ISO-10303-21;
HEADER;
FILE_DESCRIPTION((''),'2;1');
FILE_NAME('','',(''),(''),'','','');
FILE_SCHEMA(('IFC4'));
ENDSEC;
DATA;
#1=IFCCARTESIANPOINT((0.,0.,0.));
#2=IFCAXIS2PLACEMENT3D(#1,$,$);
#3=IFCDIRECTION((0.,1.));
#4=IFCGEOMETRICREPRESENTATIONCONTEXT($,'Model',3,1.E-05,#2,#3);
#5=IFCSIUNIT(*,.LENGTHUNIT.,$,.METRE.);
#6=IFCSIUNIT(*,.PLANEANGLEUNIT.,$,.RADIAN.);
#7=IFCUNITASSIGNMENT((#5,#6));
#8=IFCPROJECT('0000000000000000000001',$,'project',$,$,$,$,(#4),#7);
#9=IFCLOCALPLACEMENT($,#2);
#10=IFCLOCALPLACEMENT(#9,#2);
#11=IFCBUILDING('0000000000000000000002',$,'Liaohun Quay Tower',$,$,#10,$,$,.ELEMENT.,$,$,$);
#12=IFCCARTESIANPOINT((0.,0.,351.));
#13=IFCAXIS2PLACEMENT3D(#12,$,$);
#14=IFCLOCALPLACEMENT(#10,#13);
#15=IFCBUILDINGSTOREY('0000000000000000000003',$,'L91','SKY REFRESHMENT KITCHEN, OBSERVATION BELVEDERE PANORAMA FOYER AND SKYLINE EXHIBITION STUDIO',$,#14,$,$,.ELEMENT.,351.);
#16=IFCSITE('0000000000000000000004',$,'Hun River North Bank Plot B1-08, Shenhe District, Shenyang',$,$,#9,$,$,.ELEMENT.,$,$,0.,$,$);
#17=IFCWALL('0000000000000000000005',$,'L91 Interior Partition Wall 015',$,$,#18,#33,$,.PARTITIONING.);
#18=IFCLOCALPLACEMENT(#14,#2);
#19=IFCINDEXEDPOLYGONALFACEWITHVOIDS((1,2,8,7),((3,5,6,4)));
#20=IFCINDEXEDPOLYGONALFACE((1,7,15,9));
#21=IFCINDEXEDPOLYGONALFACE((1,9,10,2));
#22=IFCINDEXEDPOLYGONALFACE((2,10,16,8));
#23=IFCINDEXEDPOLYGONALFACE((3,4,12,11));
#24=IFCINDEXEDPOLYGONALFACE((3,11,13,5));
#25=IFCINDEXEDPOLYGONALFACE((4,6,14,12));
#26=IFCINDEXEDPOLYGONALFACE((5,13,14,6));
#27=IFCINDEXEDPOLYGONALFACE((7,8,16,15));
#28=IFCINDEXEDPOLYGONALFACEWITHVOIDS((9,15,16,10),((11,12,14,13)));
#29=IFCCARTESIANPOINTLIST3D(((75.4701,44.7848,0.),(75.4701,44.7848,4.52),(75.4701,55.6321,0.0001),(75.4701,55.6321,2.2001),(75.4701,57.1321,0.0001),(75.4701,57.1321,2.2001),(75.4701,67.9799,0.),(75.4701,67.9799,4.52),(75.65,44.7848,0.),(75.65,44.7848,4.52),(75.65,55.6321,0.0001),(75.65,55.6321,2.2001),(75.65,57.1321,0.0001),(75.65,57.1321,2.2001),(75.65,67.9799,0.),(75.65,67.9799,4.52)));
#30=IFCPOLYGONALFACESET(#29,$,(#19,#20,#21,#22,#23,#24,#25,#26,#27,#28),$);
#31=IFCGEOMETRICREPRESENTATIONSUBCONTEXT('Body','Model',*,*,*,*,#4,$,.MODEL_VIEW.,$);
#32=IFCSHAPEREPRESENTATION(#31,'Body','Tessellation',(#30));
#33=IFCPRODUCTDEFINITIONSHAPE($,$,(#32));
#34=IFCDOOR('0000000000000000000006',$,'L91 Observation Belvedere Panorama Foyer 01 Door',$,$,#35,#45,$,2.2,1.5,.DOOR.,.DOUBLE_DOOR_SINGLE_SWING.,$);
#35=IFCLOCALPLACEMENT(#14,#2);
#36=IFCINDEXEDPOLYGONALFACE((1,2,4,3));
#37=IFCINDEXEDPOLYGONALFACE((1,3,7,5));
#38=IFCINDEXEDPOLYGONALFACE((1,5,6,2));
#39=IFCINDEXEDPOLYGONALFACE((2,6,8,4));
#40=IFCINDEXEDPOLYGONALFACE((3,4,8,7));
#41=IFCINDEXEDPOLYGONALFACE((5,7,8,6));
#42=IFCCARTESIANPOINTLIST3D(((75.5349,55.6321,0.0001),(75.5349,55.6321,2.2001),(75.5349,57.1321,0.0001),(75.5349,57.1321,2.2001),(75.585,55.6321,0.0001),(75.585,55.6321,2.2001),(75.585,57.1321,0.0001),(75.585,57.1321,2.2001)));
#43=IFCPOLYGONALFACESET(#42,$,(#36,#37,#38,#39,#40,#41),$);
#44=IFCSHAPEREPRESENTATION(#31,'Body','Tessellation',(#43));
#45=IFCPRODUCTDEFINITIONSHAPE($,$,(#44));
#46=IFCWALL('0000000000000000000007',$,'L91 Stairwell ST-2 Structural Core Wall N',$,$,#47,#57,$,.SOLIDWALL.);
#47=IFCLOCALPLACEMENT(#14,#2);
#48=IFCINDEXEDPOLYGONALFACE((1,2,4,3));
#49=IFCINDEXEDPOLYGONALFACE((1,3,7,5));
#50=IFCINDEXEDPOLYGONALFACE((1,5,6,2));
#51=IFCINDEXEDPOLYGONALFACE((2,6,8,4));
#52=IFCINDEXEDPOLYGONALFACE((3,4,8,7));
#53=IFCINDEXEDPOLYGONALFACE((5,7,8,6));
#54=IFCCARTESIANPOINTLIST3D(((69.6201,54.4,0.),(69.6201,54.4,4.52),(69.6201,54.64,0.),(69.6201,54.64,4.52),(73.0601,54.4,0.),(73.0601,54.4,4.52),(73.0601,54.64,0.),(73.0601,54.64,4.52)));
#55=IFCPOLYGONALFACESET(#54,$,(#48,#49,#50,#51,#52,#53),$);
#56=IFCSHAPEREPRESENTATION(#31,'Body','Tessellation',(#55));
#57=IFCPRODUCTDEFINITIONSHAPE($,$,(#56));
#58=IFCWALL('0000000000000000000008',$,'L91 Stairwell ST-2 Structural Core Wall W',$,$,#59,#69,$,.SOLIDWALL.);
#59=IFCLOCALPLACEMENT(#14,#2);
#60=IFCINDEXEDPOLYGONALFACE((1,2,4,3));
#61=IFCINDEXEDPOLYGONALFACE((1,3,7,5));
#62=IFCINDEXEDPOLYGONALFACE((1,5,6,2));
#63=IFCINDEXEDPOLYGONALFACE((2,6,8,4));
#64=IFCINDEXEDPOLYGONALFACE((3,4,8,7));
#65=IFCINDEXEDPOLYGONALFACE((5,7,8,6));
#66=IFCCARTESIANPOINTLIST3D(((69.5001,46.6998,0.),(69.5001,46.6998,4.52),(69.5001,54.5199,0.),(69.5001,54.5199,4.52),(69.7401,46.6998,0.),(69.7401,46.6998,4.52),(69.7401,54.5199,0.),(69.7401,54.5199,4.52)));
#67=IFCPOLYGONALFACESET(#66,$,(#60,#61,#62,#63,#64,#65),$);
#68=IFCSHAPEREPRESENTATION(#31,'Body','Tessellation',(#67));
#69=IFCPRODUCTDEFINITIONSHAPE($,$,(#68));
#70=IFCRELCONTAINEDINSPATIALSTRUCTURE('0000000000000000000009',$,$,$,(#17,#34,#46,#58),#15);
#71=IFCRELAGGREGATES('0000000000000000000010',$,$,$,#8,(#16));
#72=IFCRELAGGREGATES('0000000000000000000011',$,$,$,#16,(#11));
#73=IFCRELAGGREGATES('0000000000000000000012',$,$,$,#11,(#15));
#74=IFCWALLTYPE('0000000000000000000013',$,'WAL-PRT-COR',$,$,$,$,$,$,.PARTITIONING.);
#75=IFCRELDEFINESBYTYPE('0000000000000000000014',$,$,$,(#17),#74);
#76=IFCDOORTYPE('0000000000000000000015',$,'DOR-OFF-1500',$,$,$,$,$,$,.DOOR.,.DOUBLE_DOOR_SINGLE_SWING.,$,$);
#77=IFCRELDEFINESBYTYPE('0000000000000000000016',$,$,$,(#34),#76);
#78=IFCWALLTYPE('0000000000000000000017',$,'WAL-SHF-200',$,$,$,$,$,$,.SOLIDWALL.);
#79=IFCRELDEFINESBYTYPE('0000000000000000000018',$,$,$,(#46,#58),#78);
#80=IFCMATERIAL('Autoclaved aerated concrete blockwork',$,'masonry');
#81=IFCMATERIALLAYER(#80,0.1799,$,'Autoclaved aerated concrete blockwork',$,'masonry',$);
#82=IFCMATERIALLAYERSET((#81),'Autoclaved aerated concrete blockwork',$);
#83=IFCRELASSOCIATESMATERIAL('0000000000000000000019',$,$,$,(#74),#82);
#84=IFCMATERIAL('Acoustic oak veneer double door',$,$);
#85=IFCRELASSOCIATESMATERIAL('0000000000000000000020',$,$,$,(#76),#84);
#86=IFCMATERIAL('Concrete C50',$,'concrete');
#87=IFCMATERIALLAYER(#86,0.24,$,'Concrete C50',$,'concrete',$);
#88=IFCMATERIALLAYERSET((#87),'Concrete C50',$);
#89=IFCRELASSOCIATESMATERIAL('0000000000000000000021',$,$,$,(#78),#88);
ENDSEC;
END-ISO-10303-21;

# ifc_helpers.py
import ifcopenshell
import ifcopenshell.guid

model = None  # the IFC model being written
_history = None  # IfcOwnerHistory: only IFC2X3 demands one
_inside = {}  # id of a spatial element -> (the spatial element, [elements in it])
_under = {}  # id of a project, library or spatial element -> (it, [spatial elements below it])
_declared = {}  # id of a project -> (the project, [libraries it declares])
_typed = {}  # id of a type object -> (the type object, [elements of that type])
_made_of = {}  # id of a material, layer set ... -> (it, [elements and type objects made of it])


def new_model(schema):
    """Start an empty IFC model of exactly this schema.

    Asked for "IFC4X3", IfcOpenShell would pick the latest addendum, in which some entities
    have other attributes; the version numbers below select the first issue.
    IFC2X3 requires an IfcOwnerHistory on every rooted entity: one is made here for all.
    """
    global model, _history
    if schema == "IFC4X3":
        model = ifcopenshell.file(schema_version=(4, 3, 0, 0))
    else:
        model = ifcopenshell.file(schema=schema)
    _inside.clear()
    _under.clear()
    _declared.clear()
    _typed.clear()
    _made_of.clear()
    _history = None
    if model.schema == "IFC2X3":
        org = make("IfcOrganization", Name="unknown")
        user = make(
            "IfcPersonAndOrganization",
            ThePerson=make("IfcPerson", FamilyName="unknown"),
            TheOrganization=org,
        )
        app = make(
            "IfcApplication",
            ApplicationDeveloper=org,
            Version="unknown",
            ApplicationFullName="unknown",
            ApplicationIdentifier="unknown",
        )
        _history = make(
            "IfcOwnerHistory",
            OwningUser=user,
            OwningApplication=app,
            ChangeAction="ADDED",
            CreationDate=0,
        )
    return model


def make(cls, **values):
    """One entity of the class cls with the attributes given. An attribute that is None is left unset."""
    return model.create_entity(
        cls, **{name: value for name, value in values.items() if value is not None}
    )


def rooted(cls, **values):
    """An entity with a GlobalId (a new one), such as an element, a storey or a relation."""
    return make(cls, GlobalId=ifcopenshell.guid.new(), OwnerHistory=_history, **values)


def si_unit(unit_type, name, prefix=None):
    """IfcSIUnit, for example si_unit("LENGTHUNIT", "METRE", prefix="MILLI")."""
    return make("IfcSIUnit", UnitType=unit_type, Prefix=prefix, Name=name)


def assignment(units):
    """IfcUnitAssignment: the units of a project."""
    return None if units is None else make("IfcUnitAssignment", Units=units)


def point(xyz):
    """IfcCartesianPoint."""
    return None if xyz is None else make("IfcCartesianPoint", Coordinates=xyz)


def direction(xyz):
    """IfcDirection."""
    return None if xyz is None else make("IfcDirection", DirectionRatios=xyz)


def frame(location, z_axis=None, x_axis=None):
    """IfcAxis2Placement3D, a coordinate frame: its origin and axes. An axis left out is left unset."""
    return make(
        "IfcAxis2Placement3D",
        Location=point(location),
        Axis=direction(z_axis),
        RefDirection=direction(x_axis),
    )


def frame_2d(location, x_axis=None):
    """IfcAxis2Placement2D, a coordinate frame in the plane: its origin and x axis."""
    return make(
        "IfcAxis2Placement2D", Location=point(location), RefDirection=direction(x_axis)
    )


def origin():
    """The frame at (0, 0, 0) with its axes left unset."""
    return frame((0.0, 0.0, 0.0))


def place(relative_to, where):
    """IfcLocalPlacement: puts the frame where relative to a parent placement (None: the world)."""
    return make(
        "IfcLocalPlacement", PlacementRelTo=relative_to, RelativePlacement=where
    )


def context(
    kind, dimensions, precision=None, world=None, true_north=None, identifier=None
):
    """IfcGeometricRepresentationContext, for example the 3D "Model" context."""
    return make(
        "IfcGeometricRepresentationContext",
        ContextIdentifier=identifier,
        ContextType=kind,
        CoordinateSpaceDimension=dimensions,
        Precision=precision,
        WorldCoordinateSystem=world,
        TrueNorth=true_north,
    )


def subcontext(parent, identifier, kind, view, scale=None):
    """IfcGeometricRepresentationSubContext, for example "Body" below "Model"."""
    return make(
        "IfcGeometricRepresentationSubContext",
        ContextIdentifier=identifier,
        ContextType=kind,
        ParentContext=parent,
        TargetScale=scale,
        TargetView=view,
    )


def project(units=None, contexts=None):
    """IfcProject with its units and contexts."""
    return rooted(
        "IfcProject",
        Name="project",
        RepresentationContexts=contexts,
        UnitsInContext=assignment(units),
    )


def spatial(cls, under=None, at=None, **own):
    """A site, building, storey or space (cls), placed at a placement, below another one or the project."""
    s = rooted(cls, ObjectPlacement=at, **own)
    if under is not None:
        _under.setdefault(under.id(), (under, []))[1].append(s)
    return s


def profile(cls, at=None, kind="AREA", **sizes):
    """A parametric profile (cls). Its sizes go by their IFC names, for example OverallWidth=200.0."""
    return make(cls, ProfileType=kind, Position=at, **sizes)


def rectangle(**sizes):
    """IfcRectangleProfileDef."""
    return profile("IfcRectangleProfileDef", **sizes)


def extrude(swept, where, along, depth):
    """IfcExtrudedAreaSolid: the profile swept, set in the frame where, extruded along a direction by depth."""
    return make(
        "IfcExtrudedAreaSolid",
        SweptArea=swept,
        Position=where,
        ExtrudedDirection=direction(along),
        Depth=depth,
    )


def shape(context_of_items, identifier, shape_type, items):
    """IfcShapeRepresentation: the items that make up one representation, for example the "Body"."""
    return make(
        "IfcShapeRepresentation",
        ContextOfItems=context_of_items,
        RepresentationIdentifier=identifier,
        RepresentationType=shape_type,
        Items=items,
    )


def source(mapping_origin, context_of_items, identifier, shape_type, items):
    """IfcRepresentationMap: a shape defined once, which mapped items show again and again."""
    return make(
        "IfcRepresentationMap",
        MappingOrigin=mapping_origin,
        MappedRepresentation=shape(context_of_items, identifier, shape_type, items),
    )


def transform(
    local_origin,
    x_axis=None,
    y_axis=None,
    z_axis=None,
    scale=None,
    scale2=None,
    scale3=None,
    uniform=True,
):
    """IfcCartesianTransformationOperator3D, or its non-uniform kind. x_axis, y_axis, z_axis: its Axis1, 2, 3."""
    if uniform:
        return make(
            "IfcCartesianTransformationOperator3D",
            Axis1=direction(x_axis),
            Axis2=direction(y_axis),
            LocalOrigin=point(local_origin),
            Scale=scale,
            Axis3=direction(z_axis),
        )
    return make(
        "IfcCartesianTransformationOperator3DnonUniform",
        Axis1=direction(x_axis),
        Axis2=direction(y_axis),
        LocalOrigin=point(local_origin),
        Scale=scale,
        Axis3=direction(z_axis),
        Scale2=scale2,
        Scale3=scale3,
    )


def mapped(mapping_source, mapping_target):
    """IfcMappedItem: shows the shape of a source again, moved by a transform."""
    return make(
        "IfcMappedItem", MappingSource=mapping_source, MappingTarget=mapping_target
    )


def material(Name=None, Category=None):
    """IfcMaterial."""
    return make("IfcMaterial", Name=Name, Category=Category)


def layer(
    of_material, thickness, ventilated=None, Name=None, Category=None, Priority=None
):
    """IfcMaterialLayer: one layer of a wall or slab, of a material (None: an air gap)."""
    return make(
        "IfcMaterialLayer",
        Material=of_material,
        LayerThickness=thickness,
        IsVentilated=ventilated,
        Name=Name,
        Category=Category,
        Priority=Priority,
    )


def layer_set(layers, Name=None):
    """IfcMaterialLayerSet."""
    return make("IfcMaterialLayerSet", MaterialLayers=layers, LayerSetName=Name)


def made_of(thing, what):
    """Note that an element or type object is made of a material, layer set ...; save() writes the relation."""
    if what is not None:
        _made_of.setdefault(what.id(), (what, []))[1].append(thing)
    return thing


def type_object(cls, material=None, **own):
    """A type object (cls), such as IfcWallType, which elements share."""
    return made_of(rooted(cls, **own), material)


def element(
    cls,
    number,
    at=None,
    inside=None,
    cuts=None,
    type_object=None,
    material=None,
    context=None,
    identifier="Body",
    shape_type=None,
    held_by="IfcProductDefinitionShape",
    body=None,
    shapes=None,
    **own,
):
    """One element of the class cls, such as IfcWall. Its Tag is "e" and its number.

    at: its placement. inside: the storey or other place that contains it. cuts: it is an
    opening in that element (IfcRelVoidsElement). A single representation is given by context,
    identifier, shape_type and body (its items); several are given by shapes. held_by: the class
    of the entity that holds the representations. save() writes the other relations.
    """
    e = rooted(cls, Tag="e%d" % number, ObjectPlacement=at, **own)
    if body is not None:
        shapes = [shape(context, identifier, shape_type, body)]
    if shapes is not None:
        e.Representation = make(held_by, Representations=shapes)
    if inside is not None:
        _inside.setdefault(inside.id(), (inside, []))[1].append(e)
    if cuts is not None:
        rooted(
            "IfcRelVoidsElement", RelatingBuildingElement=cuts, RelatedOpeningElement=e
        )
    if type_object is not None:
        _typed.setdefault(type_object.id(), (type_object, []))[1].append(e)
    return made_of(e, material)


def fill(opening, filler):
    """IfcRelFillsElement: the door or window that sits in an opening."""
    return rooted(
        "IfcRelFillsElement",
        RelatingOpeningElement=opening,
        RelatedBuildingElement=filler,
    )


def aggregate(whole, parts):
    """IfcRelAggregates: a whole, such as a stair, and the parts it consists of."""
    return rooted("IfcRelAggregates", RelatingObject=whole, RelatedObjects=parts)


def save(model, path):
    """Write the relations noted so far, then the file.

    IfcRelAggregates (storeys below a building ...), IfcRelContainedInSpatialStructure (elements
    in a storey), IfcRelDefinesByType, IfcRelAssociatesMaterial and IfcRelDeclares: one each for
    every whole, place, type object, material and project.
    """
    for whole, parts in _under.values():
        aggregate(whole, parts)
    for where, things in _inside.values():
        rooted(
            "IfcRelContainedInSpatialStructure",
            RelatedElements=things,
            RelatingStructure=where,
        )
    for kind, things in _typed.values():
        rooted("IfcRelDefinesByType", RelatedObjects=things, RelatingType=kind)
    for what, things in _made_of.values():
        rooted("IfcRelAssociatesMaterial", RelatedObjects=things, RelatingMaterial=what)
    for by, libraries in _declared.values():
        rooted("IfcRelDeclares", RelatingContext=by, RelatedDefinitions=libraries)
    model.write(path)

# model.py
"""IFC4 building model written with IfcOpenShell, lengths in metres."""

from ifc_helpers import new_model, si_unit, direction, frame, frame_2d, origin, place, context, subcontext, project, spatial, rectangle, extrude, source, transform, mapped, material, layer, layer_set, type_object, element, fill, save


model = new_model("IFC4")

# Units and contexts
model_context = context("Model", 3, precision=1e-05, world=origin(), true_north=direction((0.0, 1.0)))
body_context = subcontext(model_context, "Body", "Model", "MODEL_VIEW")
ifc_project = project(units=[si_unit("LENGTHUNIT", "METRE"), si_unit("PLANEANGLEUNIT", "RADIAN")], contexts=[model_context])

# Site, building, storey
site_placement = place(None, origin())
site = spatial("IfcSite", under=ifc_project, at=site_placement, Name="Hun River North Bank Plot B1-08, Shenhe District, Shenyang", CompositionType="ELEMENT", RefElevation=0.0)
building_placement = place(site_placement, origin())
building = spatial("IfcBuilding", under=site, at=building_placement, Name="Liaohun Quay Tower", CompositionType="ELEMENT")
storey_placement = place(building_placement, frame((0.0, 0.0, 351.0)))
storey = spatial("IfcBuildingStorey", under=building, at=storey_placement, Name="L91", Description="SKY REFRESHMENT KITCHEN, OBSERVATION BELVEDERE PANORAMA FOYER AND SKYLINE EXHIBITION STUDIO", CompositionType="ELEMENT", Elevation=351.0)

# Shared definitions
ifc_material_1 = material(Name="Concrete C50", Category="concrete")

# Wall, opening, door
ifc_material_2 = material(Name="Autoclaved aerated concrete blockwork", Category="masonry")
ifc_layer_1 = layer(ifc_material_2, 0.1799, Name="Autoclaved aerated concrete blockwork", Category="masonry")
ifc_layer_set_1 = layer_set([ifc_layer_1], Name="Autoclaved aerated concrete blockwork")
wall_type_1 = type_object("IfcWallType", Name="WAL-PRT-COR", PredefinedType="PARTITIONING", material=ifc_layer_set_1)
wall_1_placement = place(storey_placement, frame((75.5601, 67.98, 0.0), z_axis=(0.0, 0.0, 1.0), x_axis=(0.0, -1.0, 0.0)))
wall_1 = element("IfcWall", 1, at=wall_1_placement, inside=storey, type_object=wall_type_1, Name="L91 Interior Partition Wall 015", PredefinedType="PARTITIONING", context=body_context, shape_type="SweptSolid", body=[
    extrude(rectangle(XDim=23.1951, YDim=0.1799, at=frame_2d((11.5977, 0.0))), origin(), (0.0, 0.0, 1.0), 4.52),
])
shared_shape_1 = source(origin(), body_context, "Body", "SweptSolid", [
    extrude(rectangle(XDim=1.5, YDim=2.2, at=frame_2d((0.75, 1.1001))), frame((0.0, 0.0999, 0.0), z_axis=(0.0, -1.0, 0.0), x_axis=(1.0, 0.0, 0.0)), (0.0, 0.0, 1.0), 0.2),
])
opening_1_placement = place(wall_1_placement, frame((10.8479, 0.0, 0.0)))
opening_1 = element("IfcOpeningElement", 2, at=opening_1_placement, cuts=wall_1, PredefinedType="OPENING", context=body_context, shape_type="MappedRepresentation", body=[
    mapped(shared_shape_1, transform((0.0, 0.0, 0.0), x_axis=(1.0, 0.0, 0.0), y_axis=(0.0, 1.0, 0.0), z_axis=(0.0, 0.0, 1.0), scale=1.0)),
])
ifc_material_3 = material(Name="Acoustic oak veneer double door")
door_type = type_object("IfcDoorType", Name="DOR-OFF-1500", OperationType="DOUBLE_DOOR_SINGLE_SWING", PredefinedType="DOOR", material=ifc_material_3)
shared_shape_2 = source(origin(), body_context, "Body", "SweptSolid", [
    extrude(rectangle(XDim=1.5, YDim=2.2, at=frame_2d((0.75, 1.1001))), frame((0.0, 0.0249, 0.0), z_axis=(0.0, -1.0, 0.0), x_axis=(1.0, 0.0, 0.0)), (0.0, 0.0, 1.0), 0.05),
])
door_placement = place(opening_1_placement, origin())
door = element("IfcDoor", 3, at=door_placement, inside=storey, type_object=door_type, Name="L91 Observation Belvedere Panorama Foyer 01 Door", OperationType="DOUBLE_DOOR_SINGLE_SWING", OverallHeight=2.2, OverallWidth=1.5, PredefinedType="DOOR", context=body_context, shape_type="MappedRepresentation", body=[
    mapped(shared_shape_2, transform((0.0, 0.0, 0.0), x_axis=(1.0, 0.0, 0.0), y_axis=(0.0, 1.0, 0.0), z_axis=(0.0, 0.0, 1.0), scale=1.0)),
])
fill(opening_1, door)

# Walls
ifc_layer_2 = layer(ifc_material_1, 0.24, Name="Concrete C50", Category="concrete")
ifc_layer_set_2 = layer_set([ifc_layer_2], Name="Concrete C50")
wall_type_2 = type_object("IfcWallType", Name="WAL-SHF-200", PredefinedType="SOLIDWALL", material=ifc_layer_set_2)
wall_2_placement = place(storey_placement, frame((73.0601, 54.52, 0.0), z_axis=(0.0, 0.0, 1.0), x_axis=(-1.0, 0.0, 0.0)))
element("IfcWall", 4, at=wall_2_placement, inside=storey, type_object=wall_type_2, Name="L91 Stairwell ST-2 Structural Core Wall N", PredefinedType="SOLIDWALL", context=body_context, shape_type="SweptSolid", body=[
    extrude(rectangle(XDim=3.4399, YDim=0.24, at=frame_2d((1.72, 0.0))), origin(), (0.0, 0.0, 1.0), 4.52),
])
wall_3_placement = place(storey_placement, frame((69.6201, 54.52, 0.0), z_axis=(0.0, 0.0, 1.0), x_axis=(0.0, -1.0, 0.0)))
element("IfcWall", 5, at=wall_3_placement, inside=storey, type_object=wall_type_2, Name="L91 Stairwell ST-2 Structural Core Wall W", PredefinedType="SOLIDWALL", context=body_context, shape_type="SweptSolid", body=[
    extrude(rectangle(XDim=7.8201, YDim=0.24, at=frame_2d((3.9102, 0.0))), origin(), (0.0, 0.0, 1.0), 4.52),
])

save(model, "model.ifc")
